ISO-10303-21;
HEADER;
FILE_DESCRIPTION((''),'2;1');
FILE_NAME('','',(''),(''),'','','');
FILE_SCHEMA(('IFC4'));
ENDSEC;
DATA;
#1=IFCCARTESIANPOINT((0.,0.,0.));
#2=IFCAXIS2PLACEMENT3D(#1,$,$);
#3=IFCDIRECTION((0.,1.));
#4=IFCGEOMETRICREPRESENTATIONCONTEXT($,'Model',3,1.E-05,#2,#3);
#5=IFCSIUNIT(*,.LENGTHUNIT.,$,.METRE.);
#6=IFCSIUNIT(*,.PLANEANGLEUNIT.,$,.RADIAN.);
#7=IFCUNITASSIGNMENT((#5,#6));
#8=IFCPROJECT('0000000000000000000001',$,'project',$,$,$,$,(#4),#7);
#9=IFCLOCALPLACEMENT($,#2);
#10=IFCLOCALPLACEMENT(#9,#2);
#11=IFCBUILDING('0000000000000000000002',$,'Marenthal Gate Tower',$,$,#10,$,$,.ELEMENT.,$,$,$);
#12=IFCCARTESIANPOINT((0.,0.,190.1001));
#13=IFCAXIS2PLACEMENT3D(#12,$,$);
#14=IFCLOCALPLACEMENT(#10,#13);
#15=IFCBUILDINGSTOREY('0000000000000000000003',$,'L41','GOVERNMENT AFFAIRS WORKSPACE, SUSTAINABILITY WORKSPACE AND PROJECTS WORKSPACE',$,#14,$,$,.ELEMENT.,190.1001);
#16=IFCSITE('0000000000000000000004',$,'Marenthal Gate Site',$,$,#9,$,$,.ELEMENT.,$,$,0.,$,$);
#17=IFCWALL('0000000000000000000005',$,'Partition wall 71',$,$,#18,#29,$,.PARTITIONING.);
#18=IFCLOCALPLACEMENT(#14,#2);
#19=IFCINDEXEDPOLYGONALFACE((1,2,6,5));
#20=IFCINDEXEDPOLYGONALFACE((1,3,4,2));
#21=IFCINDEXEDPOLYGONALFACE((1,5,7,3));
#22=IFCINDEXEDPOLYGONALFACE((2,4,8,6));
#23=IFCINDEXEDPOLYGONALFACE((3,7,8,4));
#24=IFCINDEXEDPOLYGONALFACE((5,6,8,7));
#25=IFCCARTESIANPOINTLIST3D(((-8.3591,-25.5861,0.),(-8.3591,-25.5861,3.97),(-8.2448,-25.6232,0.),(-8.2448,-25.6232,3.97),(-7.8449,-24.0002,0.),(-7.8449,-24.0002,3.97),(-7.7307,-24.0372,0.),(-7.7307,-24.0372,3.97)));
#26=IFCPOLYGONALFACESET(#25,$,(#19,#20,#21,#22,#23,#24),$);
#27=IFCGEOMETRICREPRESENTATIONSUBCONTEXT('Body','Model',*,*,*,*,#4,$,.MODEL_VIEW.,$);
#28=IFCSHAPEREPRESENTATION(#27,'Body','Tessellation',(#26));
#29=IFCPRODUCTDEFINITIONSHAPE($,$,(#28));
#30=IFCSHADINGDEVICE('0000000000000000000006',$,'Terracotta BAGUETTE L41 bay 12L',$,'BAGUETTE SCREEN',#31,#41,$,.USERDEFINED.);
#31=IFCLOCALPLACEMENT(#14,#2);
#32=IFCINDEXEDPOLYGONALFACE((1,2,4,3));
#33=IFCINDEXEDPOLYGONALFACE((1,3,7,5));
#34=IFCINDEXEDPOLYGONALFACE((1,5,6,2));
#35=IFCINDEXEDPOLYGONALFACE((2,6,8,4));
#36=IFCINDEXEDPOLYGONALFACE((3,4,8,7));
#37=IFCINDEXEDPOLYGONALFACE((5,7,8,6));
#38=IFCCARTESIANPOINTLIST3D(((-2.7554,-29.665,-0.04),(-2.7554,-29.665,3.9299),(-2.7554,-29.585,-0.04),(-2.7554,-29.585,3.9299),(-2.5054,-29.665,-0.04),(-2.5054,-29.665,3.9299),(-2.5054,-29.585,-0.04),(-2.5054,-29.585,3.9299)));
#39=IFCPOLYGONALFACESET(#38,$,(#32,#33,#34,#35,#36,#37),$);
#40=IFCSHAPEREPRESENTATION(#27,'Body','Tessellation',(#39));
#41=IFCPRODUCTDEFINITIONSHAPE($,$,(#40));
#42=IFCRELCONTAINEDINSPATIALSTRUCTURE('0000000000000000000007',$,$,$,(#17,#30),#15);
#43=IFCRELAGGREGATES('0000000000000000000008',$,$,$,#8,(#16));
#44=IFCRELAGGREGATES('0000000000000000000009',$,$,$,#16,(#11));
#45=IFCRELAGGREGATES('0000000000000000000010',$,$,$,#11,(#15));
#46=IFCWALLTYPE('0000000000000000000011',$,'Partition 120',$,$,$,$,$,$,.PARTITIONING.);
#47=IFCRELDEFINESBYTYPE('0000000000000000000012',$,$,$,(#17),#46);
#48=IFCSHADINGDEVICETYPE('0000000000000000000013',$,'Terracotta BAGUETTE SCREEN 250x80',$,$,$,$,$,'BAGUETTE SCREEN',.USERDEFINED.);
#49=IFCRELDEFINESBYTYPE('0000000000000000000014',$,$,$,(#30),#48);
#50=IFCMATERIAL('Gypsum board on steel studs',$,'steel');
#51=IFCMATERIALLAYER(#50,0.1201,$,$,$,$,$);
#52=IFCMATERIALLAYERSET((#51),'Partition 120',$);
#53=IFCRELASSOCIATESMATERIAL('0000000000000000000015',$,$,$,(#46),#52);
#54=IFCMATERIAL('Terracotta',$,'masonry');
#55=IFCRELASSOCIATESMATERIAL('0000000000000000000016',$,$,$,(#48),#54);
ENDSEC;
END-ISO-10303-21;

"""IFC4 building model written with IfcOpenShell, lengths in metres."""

from ifc_helpers import new_model, si_unit, direction, frame, frame_2d, origin, origin_2d, place, context, subcontext, project, spatial, rectangle, extrude, material, layer, layer_set, material_profile, profile_set, type_object, element, save


model = new_model("IFC4")

# Units and contexts
model_context = context("Model", 3, precision=1e-05, world=origin(), true_north=direction((0.0, 1.0)))
body_context = subcontext(model_context, "Body", "Model", "MODEL_VIEW")
ifc_project = project(units=[si_unit("LENGTHUNIT", "METRE"), si_unit("PLANEANGLEUNIT", "RADIAN")], contexts=[model_context])

# Site, building, storey
site_placement = place(None, origin())
site = spatial("IfcSite", under=ifc_project, at=site_placement, Name="Marenthal Gate Site", CompositionType="ELEMENT", RefElevation=0.0)
building_placement = place(site_placement, origin())
building = spatial("IfcBuilding", under=site, at=building_placement, Name="Marenthal Gate Tower", CompositionType="ELEMENT")
storey_placement = place(building_placement, frame((0.0, 0.0, 190.1001)))
storey = spatial("IfcBuildingStorey", under=building, at=storey_placement, Name="L41", Description="GOVERNMENT AFFAIRS WORKSPACE, SUSTAINABILITY WORKSPACE AND PROJECTS WORKSPACE", CompositionType="ELEMENT", Elevation=190.1001)

# Wall
ifc_material_1 = material(Name="Gypsum board on steel studs", Category="steel")
ifc_layer_1 = layer(ifc_material_1, 0.1201)
ifc_layer_set_1 = layer_set([ifc_layer_1], Name="Partition 120")
wall_type_1 = type_object("IfcWallType", Name="Partition 120", PredefinedType="PARTITIONING", material=ifc_layer_set_1)
wall_1_placement = place(storey_placement, frame((-7.7878, -24.0188, 0.0), z_axis=(0.0, 0.0, 1.0), x_axis=(-0.308397, -0.951258, 0.0)))
element("IfcWall", 1, at=wall_1_placement, inside=storey, type_object=wall_type_1, Name="Partition wall 71", PredefinedType="PARTITIONING", context=body_context, shape_type="SweptSolid", body=[
    extrude(rectangle(XDim=1.6672, YDim=0.1201, at=frame_2d((0.8335, 0.0))), origin(), (0.0, 0.0, 1.0), 3.97),
])

# Shading device
ifc_material_2 = material(Name="Terracotta", Category="masonry")
ifc_material_profile_1 = material_profile(ifc_material_2, rectangle(XDim=0.25, YDim=0.0801, at=origin_2d()), Name="Terracotta baguette 250x80")
ifc_profile_set_1 = profile_set([ifc_material_profile_1], Name="Terracotta")
shading_device_type = type_object("IfcShadingDeviceType", Name="Terracotta BAGUETTE SCREEN 250x80", ElementType="BAGUETTE SCREEN", PredefinedType="USERDEFINED", material=ifc_profile_set_1)
shading_device_placement = place(storey_placement, frame((-2.6304, -29.625, -0.04), z_axis=(0.0, 0.0, 1.0), x_axis=(1.0, 0.0, 0.0)))
element("IfcShadingDevice", 2, at=shading_device_placement, inside=storey, type_object=shading_device_type, Name="Terracotta BAGUETTE L41 bay 12L", ObjectType="BAGUETTE SCREEN", PredefinedType="USERDEFINED", context=body_context, shape_type="SweptSolid", body=[
    extrude(rectangle(XDim=0.25, YDim=0.0801, at=origin_2d()), origin(), (0.0, 0.0, 1.0), 3.97),
])

save(model, "model.ifc")
